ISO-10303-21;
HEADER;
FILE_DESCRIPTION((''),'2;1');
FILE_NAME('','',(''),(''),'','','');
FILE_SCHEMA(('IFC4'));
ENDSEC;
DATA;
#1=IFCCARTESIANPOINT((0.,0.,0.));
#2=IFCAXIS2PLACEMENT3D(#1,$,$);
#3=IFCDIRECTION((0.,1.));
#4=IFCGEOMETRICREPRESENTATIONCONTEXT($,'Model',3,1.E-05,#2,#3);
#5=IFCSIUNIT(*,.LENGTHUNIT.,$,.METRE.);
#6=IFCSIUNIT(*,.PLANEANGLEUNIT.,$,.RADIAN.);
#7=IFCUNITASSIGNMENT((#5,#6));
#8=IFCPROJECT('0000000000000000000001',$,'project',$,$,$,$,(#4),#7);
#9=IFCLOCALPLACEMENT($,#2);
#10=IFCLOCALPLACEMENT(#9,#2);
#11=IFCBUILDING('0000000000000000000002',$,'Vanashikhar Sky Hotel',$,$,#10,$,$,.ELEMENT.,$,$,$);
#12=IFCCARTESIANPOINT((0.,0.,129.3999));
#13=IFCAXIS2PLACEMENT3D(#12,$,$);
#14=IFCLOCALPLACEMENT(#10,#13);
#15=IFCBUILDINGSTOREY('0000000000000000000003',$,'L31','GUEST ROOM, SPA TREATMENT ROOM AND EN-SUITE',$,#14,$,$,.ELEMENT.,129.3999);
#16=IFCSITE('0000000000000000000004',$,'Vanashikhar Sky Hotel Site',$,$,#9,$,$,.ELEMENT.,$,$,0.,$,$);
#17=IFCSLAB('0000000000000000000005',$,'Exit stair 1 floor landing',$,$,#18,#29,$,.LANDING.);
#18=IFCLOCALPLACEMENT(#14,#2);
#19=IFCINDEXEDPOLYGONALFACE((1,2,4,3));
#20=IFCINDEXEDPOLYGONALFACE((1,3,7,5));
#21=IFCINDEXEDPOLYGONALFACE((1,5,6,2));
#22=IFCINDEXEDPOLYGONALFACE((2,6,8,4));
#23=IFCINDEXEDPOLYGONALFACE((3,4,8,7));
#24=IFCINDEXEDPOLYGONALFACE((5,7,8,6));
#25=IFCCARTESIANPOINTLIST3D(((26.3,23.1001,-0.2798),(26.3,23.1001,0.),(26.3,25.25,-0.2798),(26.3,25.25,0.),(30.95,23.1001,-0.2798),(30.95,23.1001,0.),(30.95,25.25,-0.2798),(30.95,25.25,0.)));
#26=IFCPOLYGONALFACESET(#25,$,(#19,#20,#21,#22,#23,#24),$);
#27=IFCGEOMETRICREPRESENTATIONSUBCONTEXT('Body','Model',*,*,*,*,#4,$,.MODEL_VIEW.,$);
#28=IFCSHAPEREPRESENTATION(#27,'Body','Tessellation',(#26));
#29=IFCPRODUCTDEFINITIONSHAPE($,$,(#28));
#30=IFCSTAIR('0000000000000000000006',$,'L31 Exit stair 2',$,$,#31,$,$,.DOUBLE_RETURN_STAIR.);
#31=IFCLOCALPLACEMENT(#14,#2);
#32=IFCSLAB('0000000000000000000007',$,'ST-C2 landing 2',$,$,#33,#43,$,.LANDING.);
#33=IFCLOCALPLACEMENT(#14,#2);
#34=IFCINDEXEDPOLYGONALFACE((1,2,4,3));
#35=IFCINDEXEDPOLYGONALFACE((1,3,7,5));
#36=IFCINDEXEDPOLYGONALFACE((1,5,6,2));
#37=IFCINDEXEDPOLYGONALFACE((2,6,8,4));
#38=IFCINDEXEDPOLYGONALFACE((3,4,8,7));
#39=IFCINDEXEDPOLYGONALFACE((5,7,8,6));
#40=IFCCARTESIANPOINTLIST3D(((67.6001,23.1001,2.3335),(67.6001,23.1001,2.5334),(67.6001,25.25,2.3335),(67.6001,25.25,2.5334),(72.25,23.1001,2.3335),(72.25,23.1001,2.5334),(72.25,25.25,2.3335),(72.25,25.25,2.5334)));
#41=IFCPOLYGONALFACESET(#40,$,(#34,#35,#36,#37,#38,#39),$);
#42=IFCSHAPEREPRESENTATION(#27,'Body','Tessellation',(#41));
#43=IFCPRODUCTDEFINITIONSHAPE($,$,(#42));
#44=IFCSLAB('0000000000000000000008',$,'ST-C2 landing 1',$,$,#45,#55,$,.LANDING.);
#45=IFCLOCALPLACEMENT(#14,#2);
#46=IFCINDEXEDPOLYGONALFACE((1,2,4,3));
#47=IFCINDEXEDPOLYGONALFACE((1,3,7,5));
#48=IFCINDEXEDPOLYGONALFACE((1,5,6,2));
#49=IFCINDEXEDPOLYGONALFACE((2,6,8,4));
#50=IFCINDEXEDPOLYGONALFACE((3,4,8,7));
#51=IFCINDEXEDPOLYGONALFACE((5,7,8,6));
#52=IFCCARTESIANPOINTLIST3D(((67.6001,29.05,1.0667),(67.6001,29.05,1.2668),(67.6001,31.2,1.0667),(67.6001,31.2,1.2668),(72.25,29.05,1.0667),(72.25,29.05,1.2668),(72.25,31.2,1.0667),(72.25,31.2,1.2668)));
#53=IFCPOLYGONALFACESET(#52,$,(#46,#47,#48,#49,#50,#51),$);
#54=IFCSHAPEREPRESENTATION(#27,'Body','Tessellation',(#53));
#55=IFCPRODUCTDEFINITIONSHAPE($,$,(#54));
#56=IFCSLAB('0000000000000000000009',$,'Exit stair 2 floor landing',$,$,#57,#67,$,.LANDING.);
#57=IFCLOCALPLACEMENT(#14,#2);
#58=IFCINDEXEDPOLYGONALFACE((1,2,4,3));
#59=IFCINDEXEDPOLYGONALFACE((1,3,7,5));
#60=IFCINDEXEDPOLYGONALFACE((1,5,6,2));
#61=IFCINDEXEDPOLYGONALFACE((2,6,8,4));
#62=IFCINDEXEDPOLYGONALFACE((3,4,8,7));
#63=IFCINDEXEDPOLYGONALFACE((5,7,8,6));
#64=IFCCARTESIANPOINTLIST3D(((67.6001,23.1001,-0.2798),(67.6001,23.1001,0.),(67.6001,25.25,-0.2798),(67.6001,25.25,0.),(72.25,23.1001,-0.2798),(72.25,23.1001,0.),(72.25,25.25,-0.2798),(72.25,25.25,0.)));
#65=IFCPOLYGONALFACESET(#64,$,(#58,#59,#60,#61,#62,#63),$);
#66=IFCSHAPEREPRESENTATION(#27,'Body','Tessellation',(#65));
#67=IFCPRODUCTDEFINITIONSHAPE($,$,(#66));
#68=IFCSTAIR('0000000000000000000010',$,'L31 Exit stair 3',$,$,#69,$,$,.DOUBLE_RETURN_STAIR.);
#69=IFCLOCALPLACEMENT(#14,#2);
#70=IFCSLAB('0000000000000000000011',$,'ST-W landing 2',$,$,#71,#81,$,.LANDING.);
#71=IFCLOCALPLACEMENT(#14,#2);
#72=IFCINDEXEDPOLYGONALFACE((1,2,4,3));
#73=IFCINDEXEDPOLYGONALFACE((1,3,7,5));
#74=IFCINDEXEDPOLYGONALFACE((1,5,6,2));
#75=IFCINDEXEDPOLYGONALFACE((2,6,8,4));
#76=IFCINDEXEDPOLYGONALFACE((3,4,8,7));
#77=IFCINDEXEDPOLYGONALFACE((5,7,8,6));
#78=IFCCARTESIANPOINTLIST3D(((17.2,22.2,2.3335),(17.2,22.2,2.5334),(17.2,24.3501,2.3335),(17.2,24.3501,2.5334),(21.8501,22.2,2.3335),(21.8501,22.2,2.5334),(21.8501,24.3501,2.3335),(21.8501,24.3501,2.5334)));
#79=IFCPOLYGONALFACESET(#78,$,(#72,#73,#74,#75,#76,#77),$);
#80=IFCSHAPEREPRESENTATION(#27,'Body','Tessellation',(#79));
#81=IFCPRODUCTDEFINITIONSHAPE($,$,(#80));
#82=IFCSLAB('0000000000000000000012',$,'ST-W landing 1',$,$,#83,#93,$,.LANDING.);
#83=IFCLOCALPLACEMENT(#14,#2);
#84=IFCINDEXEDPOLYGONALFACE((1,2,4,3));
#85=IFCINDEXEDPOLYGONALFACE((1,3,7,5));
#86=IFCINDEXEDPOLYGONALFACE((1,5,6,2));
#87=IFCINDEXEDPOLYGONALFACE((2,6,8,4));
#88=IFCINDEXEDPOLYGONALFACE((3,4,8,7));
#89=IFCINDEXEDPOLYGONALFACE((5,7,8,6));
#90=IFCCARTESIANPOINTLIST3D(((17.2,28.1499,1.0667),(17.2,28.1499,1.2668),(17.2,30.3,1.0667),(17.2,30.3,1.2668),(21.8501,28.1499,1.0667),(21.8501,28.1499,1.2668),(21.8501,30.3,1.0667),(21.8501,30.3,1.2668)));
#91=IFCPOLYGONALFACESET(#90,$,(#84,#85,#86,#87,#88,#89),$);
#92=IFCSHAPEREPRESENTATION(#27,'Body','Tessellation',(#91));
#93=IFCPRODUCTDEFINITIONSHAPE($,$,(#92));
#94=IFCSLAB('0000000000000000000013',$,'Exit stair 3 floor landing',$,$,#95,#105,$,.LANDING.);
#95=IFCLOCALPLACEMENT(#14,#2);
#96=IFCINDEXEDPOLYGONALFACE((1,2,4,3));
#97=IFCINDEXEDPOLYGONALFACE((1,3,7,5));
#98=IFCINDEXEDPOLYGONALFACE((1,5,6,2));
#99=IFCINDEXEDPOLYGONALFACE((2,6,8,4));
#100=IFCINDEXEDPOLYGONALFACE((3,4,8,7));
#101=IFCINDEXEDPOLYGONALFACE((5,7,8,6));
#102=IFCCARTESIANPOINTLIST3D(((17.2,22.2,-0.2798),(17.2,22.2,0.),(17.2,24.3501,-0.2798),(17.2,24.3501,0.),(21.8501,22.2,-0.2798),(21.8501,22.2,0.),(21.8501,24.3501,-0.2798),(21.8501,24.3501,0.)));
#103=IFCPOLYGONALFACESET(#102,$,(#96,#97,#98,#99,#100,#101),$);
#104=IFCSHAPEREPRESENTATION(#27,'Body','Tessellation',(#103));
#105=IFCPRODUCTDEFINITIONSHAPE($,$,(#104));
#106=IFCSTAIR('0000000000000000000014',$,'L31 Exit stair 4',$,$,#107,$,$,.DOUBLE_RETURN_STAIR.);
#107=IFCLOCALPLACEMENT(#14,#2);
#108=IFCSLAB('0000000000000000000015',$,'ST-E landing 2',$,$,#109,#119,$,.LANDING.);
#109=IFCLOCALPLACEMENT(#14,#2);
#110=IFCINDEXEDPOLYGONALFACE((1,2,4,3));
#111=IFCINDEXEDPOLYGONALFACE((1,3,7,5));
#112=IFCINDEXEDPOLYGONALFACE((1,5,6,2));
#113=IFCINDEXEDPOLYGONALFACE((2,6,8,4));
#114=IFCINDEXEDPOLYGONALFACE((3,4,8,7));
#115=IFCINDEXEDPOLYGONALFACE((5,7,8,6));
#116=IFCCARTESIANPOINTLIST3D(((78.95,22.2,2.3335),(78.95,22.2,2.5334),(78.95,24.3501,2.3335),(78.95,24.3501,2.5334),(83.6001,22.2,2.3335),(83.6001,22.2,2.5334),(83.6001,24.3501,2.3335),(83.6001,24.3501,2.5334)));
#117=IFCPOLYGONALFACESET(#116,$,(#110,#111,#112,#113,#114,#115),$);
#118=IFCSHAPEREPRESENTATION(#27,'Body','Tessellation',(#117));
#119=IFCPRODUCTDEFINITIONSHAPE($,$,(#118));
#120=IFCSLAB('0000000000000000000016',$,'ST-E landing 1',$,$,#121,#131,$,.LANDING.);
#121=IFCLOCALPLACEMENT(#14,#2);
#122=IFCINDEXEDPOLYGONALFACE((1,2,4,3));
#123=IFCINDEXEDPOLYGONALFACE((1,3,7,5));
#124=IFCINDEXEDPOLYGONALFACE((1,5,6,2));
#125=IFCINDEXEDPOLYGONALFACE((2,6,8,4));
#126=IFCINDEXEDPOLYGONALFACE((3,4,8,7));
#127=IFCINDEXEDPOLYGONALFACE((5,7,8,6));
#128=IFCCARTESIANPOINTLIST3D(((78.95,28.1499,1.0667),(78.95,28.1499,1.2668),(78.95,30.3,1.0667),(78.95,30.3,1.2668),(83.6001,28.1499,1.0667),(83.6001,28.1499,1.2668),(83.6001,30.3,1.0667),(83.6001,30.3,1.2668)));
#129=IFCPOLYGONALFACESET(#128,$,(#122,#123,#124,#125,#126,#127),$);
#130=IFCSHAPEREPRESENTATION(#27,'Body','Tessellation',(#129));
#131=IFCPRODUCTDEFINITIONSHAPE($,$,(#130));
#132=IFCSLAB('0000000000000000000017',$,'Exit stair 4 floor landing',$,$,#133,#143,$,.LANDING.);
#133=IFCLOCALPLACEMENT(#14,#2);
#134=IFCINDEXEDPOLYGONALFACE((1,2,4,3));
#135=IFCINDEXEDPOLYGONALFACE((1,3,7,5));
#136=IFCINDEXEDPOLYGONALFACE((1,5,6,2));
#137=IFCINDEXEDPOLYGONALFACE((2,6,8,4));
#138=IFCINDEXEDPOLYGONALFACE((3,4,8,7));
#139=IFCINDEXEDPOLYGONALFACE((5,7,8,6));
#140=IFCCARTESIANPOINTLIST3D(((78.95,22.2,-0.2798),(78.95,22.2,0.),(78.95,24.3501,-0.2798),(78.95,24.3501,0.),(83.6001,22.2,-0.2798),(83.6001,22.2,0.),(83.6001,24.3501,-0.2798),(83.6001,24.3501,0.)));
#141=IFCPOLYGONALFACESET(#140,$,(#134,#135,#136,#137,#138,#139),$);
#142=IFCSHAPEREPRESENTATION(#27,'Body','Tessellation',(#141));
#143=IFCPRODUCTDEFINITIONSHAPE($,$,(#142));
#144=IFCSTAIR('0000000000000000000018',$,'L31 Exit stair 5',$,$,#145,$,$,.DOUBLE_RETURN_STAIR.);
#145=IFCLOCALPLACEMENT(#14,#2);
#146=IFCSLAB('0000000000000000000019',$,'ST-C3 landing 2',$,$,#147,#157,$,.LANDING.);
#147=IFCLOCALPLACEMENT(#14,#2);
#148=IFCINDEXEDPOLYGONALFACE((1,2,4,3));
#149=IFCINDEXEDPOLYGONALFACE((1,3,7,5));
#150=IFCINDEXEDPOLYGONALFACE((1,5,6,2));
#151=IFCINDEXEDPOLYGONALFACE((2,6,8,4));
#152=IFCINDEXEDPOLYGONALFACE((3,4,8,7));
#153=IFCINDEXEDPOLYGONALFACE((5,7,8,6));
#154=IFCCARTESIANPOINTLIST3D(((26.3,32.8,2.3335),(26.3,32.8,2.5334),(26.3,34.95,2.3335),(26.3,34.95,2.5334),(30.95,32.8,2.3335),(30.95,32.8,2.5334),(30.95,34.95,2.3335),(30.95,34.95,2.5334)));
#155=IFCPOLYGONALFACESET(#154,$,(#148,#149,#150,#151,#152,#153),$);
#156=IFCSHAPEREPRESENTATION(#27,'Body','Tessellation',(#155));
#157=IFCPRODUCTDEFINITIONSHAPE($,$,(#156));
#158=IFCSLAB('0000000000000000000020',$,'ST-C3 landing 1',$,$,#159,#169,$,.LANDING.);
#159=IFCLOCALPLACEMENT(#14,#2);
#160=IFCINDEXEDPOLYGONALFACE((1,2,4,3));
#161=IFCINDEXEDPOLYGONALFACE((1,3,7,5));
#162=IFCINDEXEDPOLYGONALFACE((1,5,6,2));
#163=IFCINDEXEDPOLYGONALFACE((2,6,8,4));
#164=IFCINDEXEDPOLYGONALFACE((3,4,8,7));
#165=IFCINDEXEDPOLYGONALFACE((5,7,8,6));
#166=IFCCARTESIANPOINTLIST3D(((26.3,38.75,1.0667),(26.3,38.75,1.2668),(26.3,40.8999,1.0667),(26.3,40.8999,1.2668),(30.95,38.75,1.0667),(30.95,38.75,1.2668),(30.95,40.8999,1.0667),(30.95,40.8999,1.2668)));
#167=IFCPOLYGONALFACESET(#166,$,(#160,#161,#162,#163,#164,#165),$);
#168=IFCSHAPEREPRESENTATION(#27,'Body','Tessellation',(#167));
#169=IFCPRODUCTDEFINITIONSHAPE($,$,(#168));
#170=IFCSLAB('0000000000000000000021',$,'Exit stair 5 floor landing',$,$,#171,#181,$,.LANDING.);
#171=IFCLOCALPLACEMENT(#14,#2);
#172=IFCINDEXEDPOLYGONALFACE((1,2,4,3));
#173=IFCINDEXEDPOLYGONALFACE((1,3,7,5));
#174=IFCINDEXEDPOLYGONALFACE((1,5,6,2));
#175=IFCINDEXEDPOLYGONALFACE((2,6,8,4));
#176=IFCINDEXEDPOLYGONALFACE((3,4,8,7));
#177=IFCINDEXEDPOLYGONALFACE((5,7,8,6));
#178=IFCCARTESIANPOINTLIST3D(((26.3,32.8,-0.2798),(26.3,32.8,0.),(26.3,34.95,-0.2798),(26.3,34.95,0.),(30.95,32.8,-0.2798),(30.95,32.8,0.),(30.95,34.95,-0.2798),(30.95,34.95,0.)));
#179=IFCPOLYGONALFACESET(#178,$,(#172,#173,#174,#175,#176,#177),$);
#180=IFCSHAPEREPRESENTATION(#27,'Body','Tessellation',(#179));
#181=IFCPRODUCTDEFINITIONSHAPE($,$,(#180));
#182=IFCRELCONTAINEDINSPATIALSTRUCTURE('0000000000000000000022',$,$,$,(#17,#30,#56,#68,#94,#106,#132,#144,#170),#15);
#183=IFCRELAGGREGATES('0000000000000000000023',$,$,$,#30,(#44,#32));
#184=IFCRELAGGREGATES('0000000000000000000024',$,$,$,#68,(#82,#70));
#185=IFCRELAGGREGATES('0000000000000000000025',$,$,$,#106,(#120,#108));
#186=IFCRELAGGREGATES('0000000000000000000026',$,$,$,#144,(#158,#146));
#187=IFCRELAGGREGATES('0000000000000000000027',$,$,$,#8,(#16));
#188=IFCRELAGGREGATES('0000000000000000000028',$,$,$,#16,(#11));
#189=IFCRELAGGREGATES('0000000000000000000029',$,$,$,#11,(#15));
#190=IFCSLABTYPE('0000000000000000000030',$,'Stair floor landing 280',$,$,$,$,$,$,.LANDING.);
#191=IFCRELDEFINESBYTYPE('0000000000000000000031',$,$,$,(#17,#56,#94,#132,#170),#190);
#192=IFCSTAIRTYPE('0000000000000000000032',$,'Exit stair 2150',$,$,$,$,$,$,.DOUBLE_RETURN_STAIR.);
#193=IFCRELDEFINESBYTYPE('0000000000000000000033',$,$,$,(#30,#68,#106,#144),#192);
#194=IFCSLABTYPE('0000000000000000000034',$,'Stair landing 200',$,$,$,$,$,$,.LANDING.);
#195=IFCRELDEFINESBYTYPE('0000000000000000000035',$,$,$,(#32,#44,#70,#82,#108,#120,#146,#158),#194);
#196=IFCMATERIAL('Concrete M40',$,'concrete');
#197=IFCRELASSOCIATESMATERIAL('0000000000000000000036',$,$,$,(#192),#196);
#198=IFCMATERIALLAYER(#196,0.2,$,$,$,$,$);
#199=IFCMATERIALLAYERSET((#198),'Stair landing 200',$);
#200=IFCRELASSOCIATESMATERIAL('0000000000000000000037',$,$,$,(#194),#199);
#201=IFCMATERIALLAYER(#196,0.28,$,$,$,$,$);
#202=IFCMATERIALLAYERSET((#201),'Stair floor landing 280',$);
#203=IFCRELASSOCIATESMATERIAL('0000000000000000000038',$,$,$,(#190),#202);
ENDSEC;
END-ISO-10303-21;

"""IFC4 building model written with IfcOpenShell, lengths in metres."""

from ifc_helpers import new_model, si_unit, direction, frame, origin, place, context, subcontext, project, spatial, polyline, outline, extrude, source, transform, mapped, material, layer, layer_set, type_object, element, aggregate, save


model = new_model("IFC4")

# Units and contexts
model_context = context("Model", 3, precision=1e-05, world=origin(), true_north=direction((0.0, 1.0)))
body_context = subcontext(model_context, "Body", "Model", "MODEL_VIEW")
ifc_project = project(units=[si_unit("LENGTHUNIT", "METRE"), si_unit("PLANEANGLEUNIT", "RADIAN")], contexts=[model_context])

# Site, building, storey
site_placement = place(None, origin())
site = spatial("IfcSite", under=ifc_project, at=site_placement, Name="Vanashikhar Sky Hotel Site", CompositionType="ELEMENT", RefElevation=0.0)
building_placement = place(site_placement, origin())
building = spatial("IfcBuilding", under=site, at=building_placement, Name="Vanashikhar Sky Hotel", CompositionType="ELEMENT")
storey_placement = place(building_placement, frame((0.0, 0.0, 129.3999)))
storey = spatial("IfcBuildingStorey", under=building, at=storey_placement, Name="L31", Description="GUEST ROOM, SPA TREATMENT ROOM AND EN-SUITE", CompositionType="ELEMENT", Elevation=129.3999)

# Shared definitions
ifc_material_1 = material(Name="Concrete M40", Category="concrete")

# Shared definitions
stair_type = type_object("IfcStairType", Name="Exit stair 2150", PredefinedType="DOUBLE_RETURN_STAIR", material=ifc_material_1)
ifc_layer_1 = layer(ifc_material_1, 0.2)
ifc_layer_set_1 = layer_set([ifc_layer_1], Name="Stair landing 200")
slab_type_1 = type_object("IfcSlabType", Name="Stair landing 200", PredefinedType="LANDING", material=ifc_layer_set_1)

# Slab
ifc_layer_2 = layer(ifc_material_1, 0.28)
ifc_layer_set_2 = layer_set([ifc_layer_2], Name="Stair floor landing 280")
slab_type_2 = type_object("IfcSlabType", Name="Stair floor landing 280", PredefinedType="LANDING", material=ifc_layer_set_2)
shared_shape_1 = source(origin(), body_context, "Body", "SweptSolid", [
    extrude(outline(polyline([(30.95, 23.1001), (30.95, 25.25), (26.3, 25.25), (26.3, 23.1001), (30.95, 23.1001)])), origin(), (0.0, 0.0, 1.0), 0.2798),
])
slab_1_placement = place(storey_placement, frame((0.0, 0.0, -0.2798)))
element("IfcSlab", 1, at=slab_1_placement, inside=storey, type_object=slab_type_2, Name="Exit stair 1 floor landing", PredefinedType="LANDING", context=body_context, shape_type="MappedRepresentation", body=[
    mapped(shared_shape_1, transform((0.0, 0.0, 0.0), scale=1.0)),
])

# Stair, slabs
stair_1_placement = place(storey_placement, origin())
stair_1 = element("IfcStair", 2, at=stair_1_placement, inside=storey, type_object=stair_type, Name="L31 Exit stair 2", PredefinedType="DOUBLE_RETURN_STAIR")
shared_shape_2 = source(origin(), body_context, "Body", "SweptSolid", [
    extrude(outline(polyline([(72.25, 23.1001), (72.25, 25.25), (67.6001, 25.25), (67.6001, 23.1001), (72.25, 23.1001)])), origin(), (0.0, 0.0, 1.0), 0.2),
])
slab_2_placement = place(storey_placement, frame((0.0, 0.0, 2.3335)))
slab_2 = element("IfcSlab", 3, at=slab_2_placement, type_object=slab_type_1, Name="ST-C2 landing 2", PredefinedType="LANDING", context=body_context, shape_type="MappedRepresentation", body=[
    mapped(shared_shape_2, transform((0.0, 0.0, 0.0), scale=1.0)),
])
shared_shape_3 = source(origin(), body_context, "Body", "SweptSolid", [
    extrude(outline(polyline([(72.25, 29.05), (72.25, 31.2), (67.6001, 31.2), (67.6001, 29.05), (72.25, 29.05)])), origin(), (0.0, 0.0, 1.0), 0.2002),
])
slab_3_placement = place(storey_placement, frame((0.0, 0.0, 1.0667)))
slab_3 = element("IfcSlab", 4, at=slab_3_placement, type_object=slab_type_1, Name="ST-C2 landing 1", PredefinedType="LANDING", context=body_context, shape_type="MappedRepresentation", body=[
    mapped(shared_shape_3, transform((0.0, 0.0, 0.0), scale=1.0)),
])
aggregate(stair_1, [slab_3, slab_2])

# Slab
shared_shape_4 = source(origin(), body_context, "Body", "SweptSolid", [
    extrude(outline(polyline([(72.25, 23.1001), (72.25, 25.25), (67.6001, 25.25), (67.6001, 23.1001), (72.25, 23.1001)])), origin(), (0.0, 0.0, 1.0), 0.2798),
])
slab_4_placement = place(storey_placement, frame((0.0, 0.0, -0.2798)))
element("IfcSlab", 5, at=slab_4_placement, inside=storey, type_object=slab_type_2, Name="Exit stair 2 floor landing", PredefinedType="LANDING", context=body_context, shape_type="MappedRepresentation", body=[
    mapped(shared_shape_4, transform((0.0, 0.0, 0.0), scale=1.0)),
])

# Stair, slabs
stair_2_placement = place(storey_placement, origin())
stair_2 = element("IfcStair", 6, at=stair_2_placement, inside=storey, type_object=stair_type, Name="L31 Exit stair 3", PredefinedType="DOUBLE_RETURN_STAIR")
shared_shape_5 = source(origin(), body_context, "Body", "SweptSolid", [
    extrude(outline(polyline([(21.8501, 22.2), (21.8501, 24.3501), (17.2, 24.3501), (17.2, 22.2), (21.8501, 22.2)])), origin(), (0.0, 0.0, 1.0), 0.2),
])
slab_5_placement = place(storey_placement, frame((0.0, 0.0, 2.3335)))
slab_5 = element("IfcSlab", 7, at=slab_5_placement, type_object=slab_type_1, Name="ST-W landing 2", PredefinedType="LANDING", context=body_context, shape_type="MappedRepresentation", body=[
    mapped(shared_shape_5, transform((0.0, 0.0, 0.0), scale=1.0)),
])
shared_shape_6 = source(origin(), body_context, "Body", "SweptSolid", [
    extrude(outline(polyline([(21.8501, 28.1499), (21.8501, 30.3), (17.2, 30.3), (17.2, 28.1499), (21.8501, 28.1499)])), origin(), (0.0, 0.0, 1.0), 0.2002),
])
slab_6_placement = place(storey_placement, frame((0.0, 0.0, 1.0667)))
slab_6 = element("IfcSlab", 8, at=slab_6_placement, type_object=slab_type_1, Name="ST-W landing 1", PredefinedType="LANDING", context=body_context, shape_type="MappedRepresentation", body=[
    mapped(shared_shape_6, transform((0.0, 0.0, 0.0), scale=1.0)),
])
aggregate(stair_2, [slab_6, slab_5])

# Slab
shared_shape_7 = source(origin(), body_context, "Body", "SweptSolid", [
    extrude(outline(polyline([(21.8501, 22.2), (21.8501, 24.3501), (17.2, 24.3501), (17.2, 22.2), (21.8501, 22.2)])), origin(), (0.0, 0.0, 1.0), 0.2798),
])
slab_7_placement = place(storey_placement, frame((0.0, 0.0, -0.2798)))
element("IfcSlab", 9, at=slab_7_placement, inside=storey, type_object=slab_type_2, Name="Exit stair 3 floor landing", PredefinedType="LANDING", context=body_context, shape_type="MappedRepresentation", body=[
    mapped(shared_shape_7, transform((0.0, 0.0, 0.0), scale=1.0)),
])

# Stair, slabs
stair_3_placement = place(storey_placement, origin())
stair_3 = element("IfcStair", 10, at=stair_3_placement, inside=storey, type_object=stair_type, Name="L31 Exit stair 4", PredefinedType="DOUBLE_RETURN_STAIR")
shared_shape_8 = source(origin(), body_context, "Body", "SweptSolid", [
    extrude(outline(polyline([(83.6001, 22.2), (83.6001, 24.3501), (78.95, 24.3501), (78.95, 22.2), (83.6001, 22.2)])), origin(), (0.0, 0.0, 1.0), 0.2),
])
slab_8_placement = place(storey_placement, frame((0.0, 0.0, 2.3335)))
slab_8 = element("IfcSlab", 11, at=slab_8_placement, type_object=slab_type_1, Name="ST-E landing 2", PredefinedType="LANDING", context=body_context, shape_type="MappedRepresentation", body=[
    mapped(shared_shape_8, transform((0.0, 0.0, 0.0), scale=1.0)),
])
shared_shape_9 = source(origin(), body_context, "Body", "SweptSolid", [
    extrude(outline(polyline([(83.6001, 28.1499), (83.6001, 30.3), (78.95, 30.3), (78.95, 28.1499), (83.6001, 28.1499)])), origin(), (0.0, 0.0, 1.0), 0.2002),
])
slab_9_placement = place(storey_placement, frame((0.0, 0.0, 1.0667)))
slab_9 = element("IfcSlab", 12, at=slab_9_placement, type_object=slab_type_1, Name="ST-E landing 1", PredefinedType="LANDING", context=body_context, shape_type="MappedRepresentation", body=[
    mapped(shared_shape_9, transform((0.0, 0.0, 0.0), scale=1.0)),
])
aggregate(stair_3, [slab_9, slab_8])

# Slab
shared_shape_10 = source(origin(), body_context, "Body", "SweptSolid", [
    extrude(outline(polyline([(83.6001, 22.2), (83.6001, 24.3501), (78.95, 24.3501), (78.95, 22.2), (83.6001, 22.2)])), origin(), (0.0, 0.0, 1.0), 0.2798),
])
slab_10_placement = place(storey_placement, frame((0.0, 0.0, -0.2798)))
element("IfcSlab", 13, at=slab_10_placement, inside=storey, type_object=slab_type_2, Name="Exit stair 4 floor landing", PredefinedType="LANDING", context=body_context, shape_type="MappedRepresentation", body=[
    mapped(shared_shape_10, transform((0.0, 0.0, 0.0), scale=1.0)),
])

# Stair, slabs
stair_4_placement = place(storey_placement, origin())
stair_4 = element("IfcStair", 14, at=stair_4_placement, inside=storey, type_object=stair_type, Name="L31 Exit stair 5", PredefinedType="DOUBLE_RETURN_STAIR")
shared_shape_11 = source(origin(), body_context, "Body", "SweptSolid", [
    extrude(outline(polyline([(30.95, 32.8), (30.95, 34.95), (26.3, 34.95), (26.3, 32.8), (30.95, 32.8)])), origin(), (0.0, 0.0, 1.0), 0.2),
])
slab_11_placement = place(storey_placement, frame((0.0, 0.0, 2.3335)))
slab_11 = element("IfcSlab", 15, at=slab_11_placement, type_object=slab_type_1, Name="ST-C3 landing 2", PredefinedType="LANDING", context=body_context, shape_type="MappedRepresentation", body=[
    mapped(shared_shape_11, transform((0.0, 0.0, 0.0), scale=1.0)),
])
shared_shape_12 = source(origin(), body_context, "Body", "SweptSolid", [
    extrude(outline(polyline([(30.95, 38.75), (30.95, 40.8999), (26.3, 40.8999), (26.3, 38.75), (30.95, 38.75)])), origin(), (0.0, 0.0, 1.0), 0.2002),
])
slab_12_placement = place(storey_placement, frame((0.0, 0.0, 1.0667)))
slab_12 = element("IfcSlab", 16, at=slab_12_placement, type_object=slab_type_1, Name="ST-C3 landing 1", PredefinedType="LANDING", context=body_context, shape_type="MappedRepresentation", body=[
    mapped(shared_shape_12, transform((0.0, 0.0, 0.0), scale=1.0)),
])
aggregate(stair_4, [slab_12, slab_11])

# Slab
shared_shape_13 = source(origin(), body_context, "Body", "SweptSolid", [
    extrude(outline(polyline([(30.95, 32.8), (30.95, 34.95), (26.3, 34.95), (26.3, 32.8), (30.95, 32.8)])), origin(), (0.0, 0.0, 1.0), 0.2798),
])
slab_13_placement = place(storey_placement, frame((0.0, 0.0, -0.2798)))
element("IfcSlab", 17, at=slab_13_placement, inside=storey, type_object=slab_type_2, Name="Exit stair 5 floor landing", PredefinedType="LANDING", context=body_context, shape_type="MappedRepresentation", body=[
    mapped(shared_shape_13, transform((0.0, 0.0, 0.0), scale=1.0)),
])

save(model, "model.ifc")
